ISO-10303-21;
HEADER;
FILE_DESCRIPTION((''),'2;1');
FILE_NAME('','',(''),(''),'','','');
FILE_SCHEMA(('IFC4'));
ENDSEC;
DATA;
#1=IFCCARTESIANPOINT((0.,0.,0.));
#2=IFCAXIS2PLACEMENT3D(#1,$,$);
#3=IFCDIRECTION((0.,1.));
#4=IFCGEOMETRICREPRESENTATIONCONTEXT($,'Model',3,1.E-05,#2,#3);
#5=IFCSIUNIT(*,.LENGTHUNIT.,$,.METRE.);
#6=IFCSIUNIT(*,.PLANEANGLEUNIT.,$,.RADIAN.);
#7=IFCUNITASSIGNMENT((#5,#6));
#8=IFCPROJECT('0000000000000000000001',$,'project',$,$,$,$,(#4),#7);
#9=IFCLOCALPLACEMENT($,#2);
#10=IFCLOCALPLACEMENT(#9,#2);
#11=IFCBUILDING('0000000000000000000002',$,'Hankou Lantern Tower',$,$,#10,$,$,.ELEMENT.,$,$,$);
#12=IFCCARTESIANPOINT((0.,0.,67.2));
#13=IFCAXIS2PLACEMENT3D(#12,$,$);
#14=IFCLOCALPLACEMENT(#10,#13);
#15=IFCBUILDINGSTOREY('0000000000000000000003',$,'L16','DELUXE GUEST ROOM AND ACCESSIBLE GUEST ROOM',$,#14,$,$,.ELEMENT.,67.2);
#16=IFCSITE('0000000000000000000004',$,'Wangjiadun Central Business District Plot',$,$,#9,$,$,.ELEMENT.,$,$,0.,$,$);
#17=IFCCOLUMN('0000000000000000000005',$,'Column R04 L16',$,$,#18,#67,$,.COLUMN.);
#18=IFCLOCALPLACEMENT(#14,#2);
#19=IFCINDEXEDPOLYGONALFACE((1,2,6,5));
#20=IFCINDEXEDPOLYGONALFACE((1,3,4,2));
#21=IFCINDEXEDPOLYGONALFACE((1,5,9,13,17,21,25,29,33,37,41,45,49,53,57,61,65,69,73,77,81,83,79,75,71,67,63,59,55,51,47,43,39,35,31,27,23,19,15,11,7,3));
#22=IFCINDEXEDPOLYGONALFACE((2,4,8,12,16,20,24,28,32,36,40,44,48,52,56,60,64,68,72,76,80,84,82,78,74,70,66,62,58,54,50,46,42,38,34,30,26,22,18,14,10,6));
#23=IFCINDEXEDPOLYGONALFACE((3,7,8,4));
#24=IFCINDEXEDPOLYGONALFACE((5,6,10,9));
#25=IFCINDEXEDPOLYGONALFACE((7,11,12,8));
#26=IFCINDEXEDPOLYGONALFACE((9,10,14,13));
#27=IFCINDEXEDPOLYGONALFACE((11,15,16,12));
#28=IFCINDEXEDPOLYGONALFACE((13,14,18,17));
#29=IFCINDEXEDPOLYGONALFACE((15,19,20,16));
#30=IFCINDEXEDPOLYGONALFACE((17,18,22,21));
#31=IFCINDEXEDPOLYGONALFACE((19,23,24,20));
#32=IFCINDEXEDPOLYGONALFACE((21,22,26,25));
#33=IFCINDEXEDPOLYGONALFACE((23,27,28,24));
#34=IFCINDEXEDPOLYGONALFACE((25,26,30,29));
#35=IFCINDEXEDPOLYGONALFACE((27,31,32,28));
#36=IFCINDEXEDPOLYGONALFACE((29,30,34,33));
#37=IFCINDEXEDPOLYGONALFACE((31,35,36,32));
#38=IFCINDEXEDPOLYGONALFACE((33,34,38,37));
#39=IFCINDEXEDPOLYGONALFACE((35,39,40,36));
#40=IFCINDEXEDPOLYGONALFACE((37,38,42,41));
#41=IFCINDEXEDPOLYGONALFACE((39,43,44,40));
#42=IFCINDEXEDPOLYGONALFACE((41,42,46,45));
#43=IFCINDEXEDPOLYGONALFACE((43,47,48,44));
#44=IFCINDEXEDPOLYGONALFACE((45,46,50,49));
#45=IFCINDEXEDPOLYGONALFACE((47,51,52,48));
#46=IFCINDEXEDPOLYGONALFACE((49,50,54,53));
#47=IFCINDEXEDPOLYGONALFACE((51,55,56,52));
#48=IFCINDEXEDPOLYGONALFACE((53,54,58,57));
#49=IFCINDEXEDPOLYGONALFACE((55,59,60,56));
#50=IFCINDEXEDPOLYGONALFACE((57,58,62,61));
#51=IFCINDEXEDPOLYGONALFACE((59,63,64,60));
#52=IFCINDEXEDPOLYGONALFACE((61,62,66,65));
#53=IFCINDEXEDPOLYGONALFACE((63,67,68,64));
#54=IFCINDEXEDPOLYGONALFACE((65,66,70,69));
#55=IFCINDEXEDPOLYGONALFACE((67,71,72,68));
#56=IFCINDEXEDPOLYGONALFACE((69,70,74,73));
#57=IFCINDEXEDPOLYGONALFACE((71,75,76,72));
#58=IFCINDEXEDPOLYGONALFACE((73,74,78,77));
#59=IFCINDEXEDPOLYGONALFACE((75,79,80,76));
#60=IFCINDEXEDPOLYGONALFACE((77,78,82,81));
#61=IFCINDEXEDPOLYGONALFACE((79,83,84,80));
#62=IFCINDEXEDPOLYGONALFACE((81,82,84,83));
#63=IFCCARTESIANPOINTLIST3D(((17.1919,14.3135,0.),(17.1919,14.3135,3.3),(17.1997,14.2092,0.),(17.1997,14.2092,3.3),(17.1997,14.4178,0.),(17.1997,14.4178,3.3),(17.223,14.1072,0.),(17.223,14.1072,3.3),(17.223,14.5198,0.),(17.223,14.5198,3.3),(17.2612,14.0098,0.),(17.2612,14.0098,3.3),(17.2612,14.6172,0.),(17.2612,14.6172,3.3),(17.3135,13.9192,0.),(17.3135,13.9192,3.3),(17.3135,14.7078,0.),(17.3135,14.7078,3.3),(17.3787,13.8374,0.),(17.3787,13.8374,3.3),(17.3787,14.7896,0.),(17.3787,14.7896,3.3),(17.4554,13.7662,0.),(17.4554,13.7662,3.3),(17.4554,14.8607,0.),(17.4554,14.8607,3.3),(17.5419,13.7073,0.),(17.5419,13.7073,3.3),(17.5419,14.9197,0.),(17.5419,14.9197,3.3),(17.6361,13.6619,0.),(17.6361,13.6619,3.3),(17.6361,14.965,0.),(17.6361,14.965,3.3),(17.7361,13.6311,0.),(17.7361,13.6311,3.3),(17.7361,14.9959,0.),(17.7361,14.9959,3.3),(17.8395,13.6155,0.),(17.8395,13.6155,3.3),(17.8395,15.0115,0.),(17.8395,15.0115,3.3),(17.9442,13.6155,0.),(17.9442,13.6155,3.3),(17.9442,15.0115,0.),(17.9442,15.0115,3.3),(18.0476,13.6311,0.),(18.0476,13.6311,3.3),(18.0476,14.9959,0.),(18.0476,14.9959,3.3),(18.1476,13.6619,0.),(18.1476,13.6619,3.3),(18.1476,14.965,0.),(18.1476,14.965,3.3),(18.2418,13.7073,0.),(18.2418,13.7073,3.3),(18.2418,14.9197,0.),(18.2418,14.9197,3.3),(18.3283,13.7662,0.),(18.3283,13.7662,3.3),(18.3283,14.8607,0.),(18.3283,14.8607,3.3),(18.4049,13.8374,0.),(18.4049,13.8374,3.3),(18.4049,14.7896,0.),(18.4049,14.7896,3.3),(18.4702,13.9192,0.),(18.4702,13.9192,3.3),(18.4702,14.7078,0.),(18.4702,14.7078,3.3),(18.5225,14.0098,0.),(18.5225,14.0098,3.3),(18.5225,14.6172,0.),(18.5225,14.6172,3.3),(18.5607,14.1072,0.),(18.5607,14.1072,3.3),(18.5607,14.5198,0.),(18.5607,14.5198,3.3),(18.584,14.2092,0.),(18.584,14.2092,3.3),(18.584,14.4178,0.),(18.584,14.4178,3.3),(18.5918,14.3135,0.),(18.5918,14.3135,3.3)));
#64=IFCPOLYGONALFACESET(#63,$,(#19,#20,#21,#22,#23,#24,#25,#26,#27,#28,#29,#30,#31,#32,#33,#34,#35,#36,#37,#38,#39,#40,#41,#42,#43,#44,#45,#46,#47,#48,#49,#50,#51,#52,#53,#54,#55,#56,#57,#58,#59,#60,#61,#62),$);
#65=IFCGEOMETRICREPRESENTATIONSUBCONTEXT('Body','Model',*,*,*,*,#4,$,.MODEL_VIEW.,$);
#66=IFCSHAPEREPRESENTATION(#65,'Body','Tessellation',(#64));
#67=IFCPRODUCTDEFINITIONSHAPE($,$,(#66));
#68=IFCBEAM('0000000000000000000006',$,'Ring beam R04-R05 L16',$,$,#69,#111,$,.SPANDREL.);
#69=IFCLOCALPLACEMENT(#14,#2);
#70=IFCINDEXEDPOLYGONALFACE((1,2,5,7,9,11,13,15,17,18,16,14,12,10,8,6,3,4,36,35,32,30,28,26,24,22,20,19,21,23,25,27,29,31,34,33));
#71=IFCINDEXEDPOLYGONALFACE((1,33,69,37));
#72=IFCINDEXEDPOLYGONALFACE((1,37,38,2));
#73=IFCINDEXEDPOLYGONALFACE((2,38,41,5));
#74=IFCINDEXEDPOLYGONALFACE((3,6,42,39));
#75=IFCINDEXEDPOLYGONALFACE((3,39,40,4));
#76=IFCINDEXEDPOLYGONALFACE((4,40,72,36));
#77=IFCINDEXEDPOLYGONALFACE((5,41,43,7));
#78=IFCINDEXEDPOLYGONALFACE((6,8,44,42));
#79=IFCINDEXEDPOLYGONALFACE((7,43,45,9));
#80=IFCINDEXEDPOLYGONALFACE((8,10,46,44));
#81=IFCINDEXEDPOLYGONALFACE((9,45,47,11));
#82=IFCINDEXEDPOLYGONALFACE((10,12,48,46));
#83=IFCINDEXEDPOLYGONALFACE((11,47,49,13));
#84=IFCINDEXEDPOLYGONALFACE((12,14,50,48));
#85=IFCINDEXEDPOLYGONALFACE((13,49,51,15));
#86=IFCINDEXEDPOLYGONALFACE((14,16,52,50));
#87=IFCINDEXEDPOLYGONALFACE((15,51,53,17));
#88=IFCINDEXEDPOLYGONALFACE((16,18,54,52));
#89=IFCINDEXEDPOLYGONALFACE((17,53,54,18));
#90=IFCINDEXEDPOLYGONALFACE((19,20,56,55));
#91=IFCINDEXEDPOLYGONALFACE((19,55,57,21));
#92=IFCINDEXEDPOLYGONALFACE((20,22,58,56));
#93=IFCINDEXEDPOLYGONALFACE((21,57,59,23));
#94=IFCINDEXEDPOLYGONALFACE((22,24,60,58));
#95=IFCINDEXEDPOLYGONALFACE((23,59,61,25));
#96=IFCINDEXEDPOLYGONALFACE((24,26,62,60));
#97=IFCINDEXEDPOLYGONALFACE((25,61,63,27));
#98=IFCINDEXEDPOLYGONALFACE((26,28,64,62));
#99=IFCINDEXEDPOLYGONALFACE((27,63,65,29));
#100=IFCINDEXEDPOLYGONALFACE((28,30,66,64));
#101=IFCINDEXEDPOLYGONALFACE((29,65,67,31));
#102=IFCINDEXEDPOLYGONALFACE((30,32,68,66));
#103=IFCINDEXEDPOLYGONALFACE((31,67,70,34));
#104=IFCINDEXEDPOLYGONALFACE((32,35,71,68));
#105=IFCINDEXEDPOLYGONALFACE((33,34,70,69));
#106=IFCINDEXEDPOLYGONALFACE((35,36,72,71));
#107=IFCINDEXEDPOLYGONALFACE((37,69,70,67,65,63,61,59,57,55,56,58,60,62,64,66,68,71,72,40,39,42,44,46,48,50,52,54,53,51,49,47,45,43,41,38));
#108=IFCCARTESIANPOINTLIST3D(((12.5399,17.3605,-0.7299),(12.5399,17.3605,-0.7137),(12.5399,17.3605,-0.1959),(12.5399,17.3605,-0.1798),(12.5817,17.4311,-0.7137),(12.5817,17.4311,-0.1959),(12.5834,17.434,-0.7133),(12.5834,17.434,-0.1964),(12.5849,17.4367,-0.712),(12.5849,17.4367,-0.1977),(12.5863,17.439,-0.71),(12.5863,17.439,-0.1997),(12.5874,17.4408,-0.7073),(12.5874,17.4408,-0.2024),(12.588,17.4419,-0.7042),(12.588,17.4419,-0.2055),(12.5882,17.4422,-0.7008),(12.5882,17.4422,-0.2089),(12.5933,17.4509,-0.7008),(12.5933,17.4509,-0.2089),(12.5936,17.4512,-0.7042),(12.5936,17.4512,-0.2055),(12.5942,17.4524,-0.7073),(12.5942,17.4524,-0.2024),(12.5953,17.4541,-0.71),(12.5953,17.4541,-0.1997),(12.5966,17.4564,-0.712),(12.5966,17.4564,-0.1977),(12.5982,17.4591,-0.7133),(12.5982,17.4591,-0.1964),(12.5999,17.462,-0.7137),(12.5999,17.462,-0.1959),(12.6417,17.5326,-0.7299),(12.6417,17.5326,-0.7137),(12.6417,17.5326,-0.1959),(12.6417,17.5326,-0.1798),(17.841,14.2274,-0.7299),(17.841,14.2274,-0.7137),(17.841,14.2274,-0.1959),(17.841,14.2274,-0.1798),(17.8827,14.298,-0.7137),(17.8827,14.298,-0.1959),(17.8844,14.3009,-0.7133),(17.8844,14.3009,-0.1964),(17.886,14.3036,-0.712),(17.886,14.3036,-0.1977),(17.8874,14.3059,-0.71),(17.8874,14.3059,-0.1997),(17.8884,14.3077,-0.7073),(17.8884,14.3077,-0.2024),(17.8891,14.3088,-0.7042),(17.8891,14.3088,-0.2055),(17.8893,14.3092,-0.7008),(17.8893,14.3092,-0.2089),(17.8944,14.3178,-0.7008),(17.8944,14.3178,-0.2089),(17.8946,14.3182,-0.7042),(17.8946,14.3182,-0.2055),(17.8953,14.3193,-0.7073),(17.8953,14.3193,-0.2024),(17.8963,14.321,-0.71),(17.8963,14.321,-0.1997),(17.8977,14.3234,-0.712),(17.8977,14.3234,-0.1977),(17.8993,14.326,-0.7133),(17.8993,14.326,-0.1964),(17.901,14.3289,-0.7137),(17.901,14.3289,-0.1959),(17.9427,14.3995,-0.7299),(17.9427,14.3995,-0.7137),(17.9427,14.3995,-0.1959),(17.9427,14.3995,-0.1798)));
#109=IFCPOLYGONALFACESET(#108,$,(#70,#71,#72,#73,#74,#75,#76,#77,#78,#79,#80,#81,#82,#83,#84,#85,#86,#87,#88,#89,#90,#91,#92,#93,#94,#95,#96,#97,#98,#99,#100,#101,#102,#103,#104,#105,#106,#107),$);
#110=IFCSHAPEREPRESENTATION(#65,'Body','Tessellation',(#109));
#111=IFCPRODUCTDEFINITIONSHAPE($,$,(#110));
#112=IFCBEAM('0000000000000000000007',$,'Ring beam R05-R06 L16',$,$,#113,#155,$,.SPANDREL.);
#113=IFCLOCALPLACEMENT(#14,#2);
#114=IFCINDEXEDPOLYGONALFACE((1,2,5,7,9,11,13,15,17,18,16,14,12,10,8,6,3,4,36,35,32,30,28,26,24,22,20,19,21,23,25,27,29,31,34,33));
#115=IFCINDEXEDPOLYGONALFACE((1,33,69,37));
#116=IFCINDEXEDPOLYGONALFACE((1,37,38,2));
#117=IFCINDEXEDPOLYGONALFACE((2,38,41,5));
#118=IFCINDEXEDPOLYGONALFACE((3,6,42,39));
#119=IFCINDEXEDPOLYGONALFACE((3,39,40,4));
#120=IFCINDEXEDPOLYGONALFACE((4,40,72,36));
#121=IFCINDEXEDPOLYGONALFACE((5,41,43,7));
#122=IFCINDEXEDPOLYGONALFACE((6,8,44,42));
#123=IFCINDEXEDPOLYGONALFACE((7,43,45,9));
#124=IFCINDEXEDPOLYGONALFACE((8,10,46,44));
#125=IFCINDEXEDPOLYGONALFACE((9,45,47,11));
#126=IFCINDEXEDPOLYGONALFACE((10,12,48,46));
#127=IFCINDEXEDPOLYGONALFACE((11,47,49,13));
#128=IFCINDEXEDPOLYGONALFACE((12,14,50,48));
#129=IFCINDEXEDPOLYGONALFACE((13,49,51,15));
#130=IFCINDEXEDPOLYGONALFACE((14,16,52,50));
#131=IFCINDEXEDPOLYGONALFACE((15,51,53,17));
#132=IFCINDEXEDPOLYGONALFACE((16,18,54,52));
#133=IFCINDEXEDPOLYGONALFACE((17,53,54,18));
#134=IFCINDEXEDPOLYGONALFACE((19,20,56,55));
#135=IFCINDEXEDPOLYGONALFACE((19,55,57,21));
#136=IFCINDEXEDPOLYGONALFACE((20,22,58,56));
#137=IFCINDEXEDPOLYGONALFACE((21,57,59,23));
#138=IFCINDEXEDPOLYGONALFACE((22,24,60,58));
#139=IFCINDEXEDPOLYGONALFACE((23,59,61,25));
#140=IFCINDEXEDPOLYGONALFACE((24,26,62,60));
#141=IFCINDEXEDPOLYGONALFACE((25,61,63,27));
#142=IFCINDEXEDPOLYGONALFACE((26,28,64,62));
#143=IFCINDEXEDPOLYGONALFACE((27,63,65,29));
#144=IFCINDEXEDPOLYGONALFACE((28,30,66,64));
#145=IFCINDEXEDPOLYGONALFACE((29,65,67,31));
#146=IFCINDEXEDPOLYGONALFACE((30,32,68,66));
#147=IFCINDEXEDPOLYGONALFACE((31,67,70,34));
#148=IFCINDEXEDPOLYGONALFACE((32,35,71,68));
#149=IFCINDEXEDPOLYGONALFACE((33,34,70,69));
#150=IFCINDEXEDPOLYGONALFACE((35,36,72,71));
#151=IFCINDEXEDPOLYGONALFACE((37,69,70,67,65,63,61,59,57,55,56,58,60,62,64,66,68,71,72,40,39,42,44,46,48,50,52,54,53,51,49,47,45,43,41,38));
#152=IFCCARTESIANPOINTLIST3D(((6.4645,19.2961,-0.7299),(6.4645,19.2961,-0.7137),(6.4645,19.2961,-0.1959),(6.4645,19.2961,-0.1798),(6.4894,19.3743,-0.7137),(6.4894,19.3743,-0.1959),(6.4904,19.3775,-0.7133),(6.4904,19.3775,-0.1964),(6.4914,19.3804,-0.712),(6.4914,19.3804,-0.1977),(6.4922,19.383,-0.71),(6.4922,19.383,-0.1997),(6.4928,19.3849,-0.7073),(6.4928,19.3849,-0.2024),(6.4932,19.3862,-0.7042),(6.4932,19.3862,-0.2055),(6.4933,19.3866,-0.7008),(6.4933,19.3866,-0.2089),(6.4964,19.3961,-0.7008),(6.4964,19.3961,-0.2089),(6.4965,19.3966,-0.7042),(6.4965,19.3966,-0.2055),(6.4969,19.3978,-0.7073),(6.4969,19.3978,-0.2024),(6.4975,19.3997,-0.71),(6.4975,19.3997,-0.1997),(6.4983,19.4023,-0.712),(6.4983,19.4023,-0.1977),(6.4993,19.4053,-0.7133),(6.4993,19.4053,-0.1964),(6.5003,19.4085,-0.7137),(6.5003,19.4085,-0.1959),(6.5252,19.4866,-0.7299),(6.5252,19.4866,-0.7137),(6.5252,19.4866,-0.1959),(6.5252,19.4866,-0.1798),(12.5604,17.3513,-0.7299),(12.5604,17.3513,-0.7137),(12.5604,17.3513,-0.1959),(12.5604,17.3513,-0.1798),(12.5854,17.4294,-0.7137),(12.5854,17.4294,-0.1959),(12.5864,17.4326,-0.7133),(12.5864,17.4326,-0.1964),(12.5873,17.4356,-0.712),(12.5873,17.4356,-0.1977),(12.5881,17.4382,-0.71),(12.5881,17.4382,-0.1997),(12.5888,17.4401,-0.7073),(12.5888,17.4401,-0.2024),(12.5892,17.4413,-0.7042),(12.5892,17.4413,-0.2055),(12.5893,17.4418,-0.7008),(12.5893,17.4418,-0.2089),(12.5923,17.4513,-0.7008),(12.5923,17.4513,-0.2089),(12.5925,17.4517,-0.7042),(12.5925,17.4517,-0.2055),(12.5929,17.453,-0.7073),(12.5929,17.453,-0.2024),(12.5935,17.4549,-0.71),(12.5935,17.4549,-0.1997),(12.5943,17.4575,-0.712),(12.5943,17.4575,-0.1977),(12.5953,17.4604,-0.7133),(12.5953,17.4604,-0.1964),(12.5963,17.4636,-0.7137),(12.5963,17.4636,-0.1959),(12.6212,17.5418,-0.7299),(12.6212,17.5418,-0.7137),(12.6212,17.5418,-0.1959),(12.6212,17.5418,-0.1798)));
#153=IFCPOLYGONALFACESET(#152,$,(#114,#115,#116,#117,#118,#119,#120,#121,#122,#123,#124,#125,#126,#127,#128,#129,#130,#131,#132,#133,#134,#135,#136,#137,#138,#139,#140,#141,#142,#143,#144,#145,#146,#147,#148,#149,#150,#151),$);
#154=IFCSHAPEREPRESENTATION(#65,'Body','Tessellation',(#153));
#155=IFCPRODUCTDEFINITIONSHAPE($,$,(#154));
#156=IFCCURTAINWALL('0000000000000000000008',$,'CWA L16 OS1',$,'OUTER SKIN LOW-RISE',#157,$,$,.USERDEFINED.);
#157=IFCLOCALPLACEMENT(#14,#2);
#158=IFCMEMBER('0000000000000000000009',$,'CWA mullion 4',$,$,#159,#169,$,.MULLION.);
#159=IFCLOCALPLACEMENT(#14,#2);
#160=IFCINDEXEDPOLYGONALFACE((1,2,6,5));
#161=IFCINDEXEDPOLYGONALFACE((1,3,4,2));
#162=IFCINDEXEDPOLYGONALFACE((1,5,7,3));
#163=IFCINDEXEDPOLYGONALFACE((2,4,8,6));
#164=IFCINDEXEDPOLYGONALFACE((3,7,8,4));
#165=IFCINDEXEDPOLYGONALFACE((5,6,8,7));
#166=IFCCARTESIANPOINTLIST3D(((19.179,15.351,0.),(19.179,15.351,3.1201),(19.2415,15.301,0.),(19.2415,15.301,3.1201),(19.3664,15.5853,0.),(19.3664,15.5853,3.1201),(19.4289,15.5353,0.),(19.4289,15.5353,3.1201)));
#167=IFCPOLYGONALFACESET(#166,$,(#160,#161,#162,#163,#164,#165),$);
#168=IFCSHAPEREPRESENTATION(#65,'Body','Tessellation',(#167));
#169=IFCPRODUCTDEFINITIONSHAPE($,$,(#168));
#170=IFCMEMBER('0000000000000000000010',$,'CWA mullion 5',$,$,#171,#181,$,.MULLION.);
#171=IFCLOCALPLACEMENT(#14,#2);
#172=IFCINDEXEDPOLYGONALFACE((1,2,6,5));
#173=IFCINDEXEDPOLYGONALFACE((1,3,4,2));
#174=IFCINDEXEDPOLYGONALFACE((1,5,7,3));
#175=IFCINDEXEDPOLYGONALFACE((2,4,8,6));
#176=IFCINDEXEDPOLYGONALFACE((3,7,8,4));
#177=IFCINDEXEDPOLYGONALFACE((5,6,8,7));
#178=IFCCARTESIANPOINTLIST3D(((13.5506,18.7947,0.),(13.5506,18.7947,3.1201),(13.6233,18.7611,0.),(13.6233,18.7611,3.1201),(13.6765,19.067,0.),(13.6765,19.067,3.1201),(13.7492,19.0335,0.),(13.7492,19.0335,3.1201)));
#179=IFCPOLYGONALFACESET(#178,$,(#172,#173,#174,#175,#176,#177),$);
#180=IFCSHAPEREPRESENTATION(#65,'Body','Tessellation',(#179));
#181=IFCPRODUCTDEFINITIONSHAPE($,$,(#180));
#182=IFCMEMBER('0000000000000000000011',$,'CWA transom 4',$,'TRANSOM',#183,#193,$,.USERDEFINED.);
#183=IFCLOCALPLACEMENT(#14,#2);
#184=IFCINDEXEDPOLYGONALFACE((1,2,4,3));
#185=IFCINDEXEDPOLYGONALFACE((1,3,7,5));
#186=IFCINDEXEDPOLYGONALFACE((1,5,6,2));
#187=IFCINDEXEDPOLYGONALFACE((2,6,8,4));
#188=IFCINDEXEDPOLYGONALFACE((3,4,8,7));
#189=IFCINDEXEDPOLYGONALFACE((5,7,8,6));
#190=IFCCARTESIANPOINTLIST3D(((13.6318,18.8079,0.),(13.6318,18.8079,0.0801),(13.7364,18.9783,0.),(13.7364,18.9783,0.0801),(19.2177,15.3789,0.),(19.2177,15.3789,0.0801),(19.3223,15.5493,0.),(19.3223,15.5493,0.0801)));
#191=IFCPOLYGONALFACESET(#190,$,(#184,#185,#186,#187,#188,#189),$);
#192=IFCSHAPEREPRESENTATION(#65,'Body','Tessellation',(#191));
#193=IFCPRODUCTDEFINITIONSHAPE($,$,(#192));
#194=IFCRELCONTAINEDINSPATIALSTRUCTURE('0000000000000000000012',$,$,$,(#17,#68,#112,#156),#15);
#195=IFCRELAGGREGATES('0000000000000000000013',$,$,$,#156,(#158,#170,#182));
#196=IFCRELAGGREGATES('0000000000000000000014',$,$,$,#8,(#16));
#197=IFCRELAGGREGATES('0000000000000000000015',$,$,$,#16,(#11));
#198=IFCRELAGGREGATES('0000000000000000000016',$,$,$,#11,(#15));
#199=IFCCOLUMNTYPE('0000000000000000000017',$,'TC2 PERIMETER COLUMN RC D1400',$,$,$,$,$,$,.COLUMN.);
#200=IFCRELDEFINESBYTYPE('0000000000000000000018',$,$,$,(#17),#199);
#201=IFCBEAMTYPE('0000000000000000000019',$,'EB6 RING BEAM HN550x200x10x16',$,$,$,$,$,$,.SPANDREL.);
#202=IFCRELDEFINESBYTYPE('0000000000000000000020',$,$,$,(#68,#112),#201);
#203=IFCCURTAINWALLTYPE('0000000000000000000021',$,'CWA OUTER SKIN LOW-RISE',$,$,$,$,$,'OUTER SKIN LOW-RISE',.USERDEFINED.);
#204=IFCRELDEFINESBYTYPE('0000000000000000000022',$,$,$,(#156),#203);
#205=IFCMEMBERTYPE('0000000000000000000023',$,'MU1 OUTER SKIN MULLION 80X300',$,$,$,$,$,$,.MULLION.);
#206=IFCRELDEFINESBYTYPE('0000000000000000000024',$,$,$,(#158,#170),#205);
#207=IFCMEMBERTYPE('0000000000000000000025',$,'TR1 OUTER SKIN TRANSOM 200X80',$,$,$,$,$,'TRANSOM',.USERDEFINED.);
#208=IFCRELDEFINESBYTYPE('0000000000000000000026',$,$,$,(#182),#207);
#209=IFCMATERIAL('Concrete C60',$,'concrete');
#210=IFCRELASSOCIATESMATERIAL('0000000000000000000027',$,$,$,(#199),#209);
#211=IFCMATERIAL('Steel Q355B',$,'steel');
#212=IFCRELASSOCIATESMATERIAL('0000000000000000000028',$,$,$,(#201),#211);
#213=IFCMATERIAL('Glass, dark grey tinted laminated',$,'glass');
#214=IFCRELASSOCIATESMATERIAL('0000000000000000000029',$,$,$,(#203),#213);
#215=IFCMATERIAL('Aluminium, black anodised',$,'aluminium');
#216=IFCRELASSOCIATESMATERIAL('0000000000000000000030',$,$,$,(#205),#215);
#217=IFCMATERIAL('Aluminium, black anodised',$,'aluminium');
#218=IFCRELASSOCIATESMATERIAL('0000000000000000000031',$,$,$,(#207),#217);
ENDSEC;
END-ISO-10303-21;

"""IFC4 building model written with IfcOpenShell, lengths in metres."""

from ifc_helpers import new_model, si_unit, direction, frame, origin, origin_2d, place, context, subcontext, project, spatial, rectangle, circle, i_section, extrude, material, material_profile, profile_set, type_object, element, aggregate, save


model = new_model("IFC4")

# Units and contexts
model_context = context("Model", 3, precision=1e-05, world=origin(), true_north=direction((0.0, 1.0)))
body_context = subcontext(model_context, "Body", "Model", "MODEL_VIEW")
ifc_project = project(units=[si_unit("LENGTHUNIT", "METRE"), si_unit("PLANEANGLEUNIT", "RADIAN")], contexts=[model_context])

# Site, building, storey
site_placement = place(None, origin())
site = spatial("IfcSite", under=ifc_project, at=site_placement, Name="Wangjiadun Central Business District Plot", CompositionType="ELEMENT", RefElevation=0.0)
building_placement = place(site_placement, origin())
building = spatial("IfcBuilding", under=site, at=building_placement, Name="Hankou Lantern Tower", CompositionType="ELEMENT")
storey_placement = place(building_placement, frame((0.0, 0.0, 67.2)))
storey = spatial("IfcBuildingStorey", under=building, at=storey_placement, Name="L16", Description="DELUXE GUEST ROOM AND ACCESSIBLE GUEST ROOM", CompositionType="ELEMENT", Elevation=67.2)

# Column
ifc_material_1 = material(Name="Concrete C60", Category="concrete")
ifc_material_profile_1 = material_profile(ifc_material_1, circle(Radius=0.7, at=origin_2d()), Name="RC D1400")
ifc_profile_set_1 = profile_set([ifc_material_profile_1], Name="Concrete C60")
column_type = type_object("IfcColumnType", Name="TC2 PERIMETER COLUMN RC D1400", PredefinedType="COLUMN", material=ifc_profile_set_1)
column_placement = place(storey_placement, frame((17.8918, 14.3135, 0.0), z_axis=(0.0, 0.0, 1.0), x_axis=(1.0, 0.0, 0.0)))
element("IfcColumn", 1, at=column_placement, inside=storey, type_object=column_type, Name="Column R04 L16", PredefinedType="COLUMN", context=body_context, shape_type="SweptSolid", body=[
    extrude(circle(Radius=0.7, at=origin_2d()), origin(), (0.0, 0.0, 1.0), 3.3),
])

# Beams
ifc_material_2 = material(Name="Steel Q355B", Category="steel")
ifc_material_profile_2 = material_profile(ifc_material_2, i_section(OverallWidth=0.2, OverallDepth=0.55, WebThickness=0.01, FlangeThickness=0.0161, FilletRadius=0.0129, at=origin_2d()), Name="HN550x200x10x16")
ifc_profile_set_2 = profile_set([ifc_material_profile_2], Name="Steel Q355B")
beam_type = type_object("IfcBeamType", Name="EB6 RING BEAM HN550x200x10x16", PredefinedType="SPANDREL", material=ifc_profile_set_2)
beam_1_placement = place(storey_placement, frame((17.8918, 14.3135, -0.4548), z_axis=(-0.860882, 0.508805, 0.0), x_axis=(-0.508805, -0.860882, 0.0)))
element("IfcBeam", 2, at=beam_1_placement, inside=storey, type_object=beam_type, Name="Ring beam R04-R05 L16", PredefinedType="SPANDREL", context=body_context, shape_type="SweptSolid", body=[
    extrude(i_section(OverallWidth=0.2, OverallDepth=0.55, WebThickness=0.01, FlangeThickness=0.0161, FilletRadius=0.0129, at=origin_2d()), origin(), (0.0, 0.0, 1.0), 6.1577),
])
beam_2_placement = place(storey_placement, frame((12.5908, 17.4465, -0.4548), z_axis=(-0.95269, 0.303942, 0.0), x_axis=(-0.303942, -0.95269, 0.0)))
element("IfcBeam", 3, at=beam_2_placement, inside=storey, type_object=beam_type, Name="Ring beam R05-R06 L16", PredefinedType="SPANDREL", context=body_context, shape_type="SweptSolid", body=[
    extrude(i_section(OverallWidth=0.2, OverallDepth=0.55, WebThickness=0.01, FlangeThickness=0.0161, FilletRadius=0.0129, at=origin_2d()), origin(), (0.0, 0.0, 1.0), 6.3987),
])

# Curtain wall, members
ifc_material_3 = material(Name="Glass, dark grey tinted laminated", Category="glass")
curtain_wall_type = type_object("IfcCurtainWallType", Name="CWA OUTER SKIN LOW-RISE", ElementType="OUTER SKIN LOW-RISE", PredefinedType="USERDEFINED", material=ifc_material_3)
curtain_wall_placement = place(storey_placement, origin())
curtain_wall = element("IfcCurtainWall", 4, at=curtain_wall_placement, inside=storey, type_object=curtain_wall_type, Name="CWA L16 OS1", ObjectType="OUTER SKIN LOW-RISE", PredefinedType="USERDEFINED")
ifc_material_4 = material(Name="Aluminium, black anodised", Category="aluminium")
ifc_material_profile_3 = material_profile(ifc_material_4, rectangle(XDim=0.0801, YDim=0.3, at=origin_2d()), Name="MU1 80X300")
ifc_profile_set_3 = profile_set([ifc_material_profile_3], Name="Aluminium, black anodised")
member_type_1 = type_object("IfcMemberType", Name="MU1 OUTER SKIN MULLION 80X300", PredefinedType="MULLION", material=ifc_profile_set_3)
member_1_placement = place(storey_placement, frame((19.304, 15.4431, 0.0), z_axis=(0.0, 0.0, 1.0), x_axis=(-0.780869, 0.624695, 0.0)))
member_1 = element("IfcMember", 5, at=member_1_placement, type_object=member_type_1, Name="CWA mullion 4", PredefinedType="MULLION", context=body_context, shape_type="SweptSolid", body=[
    extrude(rectangle(XDim=0.0801, YDim=0.3, at=origin_2d()), origin(), (0.0, 0.0, 1.0), 3.1201),
])
member_2_placement = place(storey_placement, frame((13.6499, 18.9141, 0.0), z_axis=(0.0, 0.0, 1.0), x_axis=(-0.907841, 0.419314, 0.0)))
member_2 = element("IfcMember", 6, at=member_2_placement, type_object=member_type_1, Name="CWA mullion 5", PredefinedType="MULLION", context=body_context, shape_type="SweptSolid", body=[
    extrude(rectangle(XDim=0.0801, YDim=0.3, at=origin_2d()), origin(), (0.0, 0.0, 1.0), 3.1201),
])
ifc_material_5 = material(Name="Aluminium, black anodised", Category="aluminium")
ifc_material_profile_4 = material_profile(ifc_material_5, rectangle(XDim=0.2, YDim=0.0801, at=origin_2d()), Name="TR1 200X80")
ifc_profile_set_4 = profile_set([ifc_material_profile_4], Name="Aluminium, black anodised")
member_type_2 = type_object("IfcMemberType", Name="TR1 OUTER SKIN TRANSOM 200X80", ElementType="TRANSOM", PredefinedType="USERDEFINED", material=ifc_profile_set_4)
member_3_placement = place(storey_placement, frame((19.27, 15.4641, 0.04), z_axis=(-0.85224, 0.523152, 0.0), x_axis=(-0.523152, -0.85224, 0.0)))
member_3 = element("IfcMember", 7, at=member_3_placement, type_object=member_type_2, Name="CWA transom 4", ObjectType="TRANSOM", PredefinedType="USERDEFINED", context=body_context, shape_type="SweptSolid", body=[
    extrude(rectangle(XDim=0.2, YDim=0.0801, at=origin_2d()), origin(), (0.0, 0.0, 1.0), 6.5544),
])
aggregate(curtain_wall, [member_1, member_2, member_3])

save(model, "model.ifc")
